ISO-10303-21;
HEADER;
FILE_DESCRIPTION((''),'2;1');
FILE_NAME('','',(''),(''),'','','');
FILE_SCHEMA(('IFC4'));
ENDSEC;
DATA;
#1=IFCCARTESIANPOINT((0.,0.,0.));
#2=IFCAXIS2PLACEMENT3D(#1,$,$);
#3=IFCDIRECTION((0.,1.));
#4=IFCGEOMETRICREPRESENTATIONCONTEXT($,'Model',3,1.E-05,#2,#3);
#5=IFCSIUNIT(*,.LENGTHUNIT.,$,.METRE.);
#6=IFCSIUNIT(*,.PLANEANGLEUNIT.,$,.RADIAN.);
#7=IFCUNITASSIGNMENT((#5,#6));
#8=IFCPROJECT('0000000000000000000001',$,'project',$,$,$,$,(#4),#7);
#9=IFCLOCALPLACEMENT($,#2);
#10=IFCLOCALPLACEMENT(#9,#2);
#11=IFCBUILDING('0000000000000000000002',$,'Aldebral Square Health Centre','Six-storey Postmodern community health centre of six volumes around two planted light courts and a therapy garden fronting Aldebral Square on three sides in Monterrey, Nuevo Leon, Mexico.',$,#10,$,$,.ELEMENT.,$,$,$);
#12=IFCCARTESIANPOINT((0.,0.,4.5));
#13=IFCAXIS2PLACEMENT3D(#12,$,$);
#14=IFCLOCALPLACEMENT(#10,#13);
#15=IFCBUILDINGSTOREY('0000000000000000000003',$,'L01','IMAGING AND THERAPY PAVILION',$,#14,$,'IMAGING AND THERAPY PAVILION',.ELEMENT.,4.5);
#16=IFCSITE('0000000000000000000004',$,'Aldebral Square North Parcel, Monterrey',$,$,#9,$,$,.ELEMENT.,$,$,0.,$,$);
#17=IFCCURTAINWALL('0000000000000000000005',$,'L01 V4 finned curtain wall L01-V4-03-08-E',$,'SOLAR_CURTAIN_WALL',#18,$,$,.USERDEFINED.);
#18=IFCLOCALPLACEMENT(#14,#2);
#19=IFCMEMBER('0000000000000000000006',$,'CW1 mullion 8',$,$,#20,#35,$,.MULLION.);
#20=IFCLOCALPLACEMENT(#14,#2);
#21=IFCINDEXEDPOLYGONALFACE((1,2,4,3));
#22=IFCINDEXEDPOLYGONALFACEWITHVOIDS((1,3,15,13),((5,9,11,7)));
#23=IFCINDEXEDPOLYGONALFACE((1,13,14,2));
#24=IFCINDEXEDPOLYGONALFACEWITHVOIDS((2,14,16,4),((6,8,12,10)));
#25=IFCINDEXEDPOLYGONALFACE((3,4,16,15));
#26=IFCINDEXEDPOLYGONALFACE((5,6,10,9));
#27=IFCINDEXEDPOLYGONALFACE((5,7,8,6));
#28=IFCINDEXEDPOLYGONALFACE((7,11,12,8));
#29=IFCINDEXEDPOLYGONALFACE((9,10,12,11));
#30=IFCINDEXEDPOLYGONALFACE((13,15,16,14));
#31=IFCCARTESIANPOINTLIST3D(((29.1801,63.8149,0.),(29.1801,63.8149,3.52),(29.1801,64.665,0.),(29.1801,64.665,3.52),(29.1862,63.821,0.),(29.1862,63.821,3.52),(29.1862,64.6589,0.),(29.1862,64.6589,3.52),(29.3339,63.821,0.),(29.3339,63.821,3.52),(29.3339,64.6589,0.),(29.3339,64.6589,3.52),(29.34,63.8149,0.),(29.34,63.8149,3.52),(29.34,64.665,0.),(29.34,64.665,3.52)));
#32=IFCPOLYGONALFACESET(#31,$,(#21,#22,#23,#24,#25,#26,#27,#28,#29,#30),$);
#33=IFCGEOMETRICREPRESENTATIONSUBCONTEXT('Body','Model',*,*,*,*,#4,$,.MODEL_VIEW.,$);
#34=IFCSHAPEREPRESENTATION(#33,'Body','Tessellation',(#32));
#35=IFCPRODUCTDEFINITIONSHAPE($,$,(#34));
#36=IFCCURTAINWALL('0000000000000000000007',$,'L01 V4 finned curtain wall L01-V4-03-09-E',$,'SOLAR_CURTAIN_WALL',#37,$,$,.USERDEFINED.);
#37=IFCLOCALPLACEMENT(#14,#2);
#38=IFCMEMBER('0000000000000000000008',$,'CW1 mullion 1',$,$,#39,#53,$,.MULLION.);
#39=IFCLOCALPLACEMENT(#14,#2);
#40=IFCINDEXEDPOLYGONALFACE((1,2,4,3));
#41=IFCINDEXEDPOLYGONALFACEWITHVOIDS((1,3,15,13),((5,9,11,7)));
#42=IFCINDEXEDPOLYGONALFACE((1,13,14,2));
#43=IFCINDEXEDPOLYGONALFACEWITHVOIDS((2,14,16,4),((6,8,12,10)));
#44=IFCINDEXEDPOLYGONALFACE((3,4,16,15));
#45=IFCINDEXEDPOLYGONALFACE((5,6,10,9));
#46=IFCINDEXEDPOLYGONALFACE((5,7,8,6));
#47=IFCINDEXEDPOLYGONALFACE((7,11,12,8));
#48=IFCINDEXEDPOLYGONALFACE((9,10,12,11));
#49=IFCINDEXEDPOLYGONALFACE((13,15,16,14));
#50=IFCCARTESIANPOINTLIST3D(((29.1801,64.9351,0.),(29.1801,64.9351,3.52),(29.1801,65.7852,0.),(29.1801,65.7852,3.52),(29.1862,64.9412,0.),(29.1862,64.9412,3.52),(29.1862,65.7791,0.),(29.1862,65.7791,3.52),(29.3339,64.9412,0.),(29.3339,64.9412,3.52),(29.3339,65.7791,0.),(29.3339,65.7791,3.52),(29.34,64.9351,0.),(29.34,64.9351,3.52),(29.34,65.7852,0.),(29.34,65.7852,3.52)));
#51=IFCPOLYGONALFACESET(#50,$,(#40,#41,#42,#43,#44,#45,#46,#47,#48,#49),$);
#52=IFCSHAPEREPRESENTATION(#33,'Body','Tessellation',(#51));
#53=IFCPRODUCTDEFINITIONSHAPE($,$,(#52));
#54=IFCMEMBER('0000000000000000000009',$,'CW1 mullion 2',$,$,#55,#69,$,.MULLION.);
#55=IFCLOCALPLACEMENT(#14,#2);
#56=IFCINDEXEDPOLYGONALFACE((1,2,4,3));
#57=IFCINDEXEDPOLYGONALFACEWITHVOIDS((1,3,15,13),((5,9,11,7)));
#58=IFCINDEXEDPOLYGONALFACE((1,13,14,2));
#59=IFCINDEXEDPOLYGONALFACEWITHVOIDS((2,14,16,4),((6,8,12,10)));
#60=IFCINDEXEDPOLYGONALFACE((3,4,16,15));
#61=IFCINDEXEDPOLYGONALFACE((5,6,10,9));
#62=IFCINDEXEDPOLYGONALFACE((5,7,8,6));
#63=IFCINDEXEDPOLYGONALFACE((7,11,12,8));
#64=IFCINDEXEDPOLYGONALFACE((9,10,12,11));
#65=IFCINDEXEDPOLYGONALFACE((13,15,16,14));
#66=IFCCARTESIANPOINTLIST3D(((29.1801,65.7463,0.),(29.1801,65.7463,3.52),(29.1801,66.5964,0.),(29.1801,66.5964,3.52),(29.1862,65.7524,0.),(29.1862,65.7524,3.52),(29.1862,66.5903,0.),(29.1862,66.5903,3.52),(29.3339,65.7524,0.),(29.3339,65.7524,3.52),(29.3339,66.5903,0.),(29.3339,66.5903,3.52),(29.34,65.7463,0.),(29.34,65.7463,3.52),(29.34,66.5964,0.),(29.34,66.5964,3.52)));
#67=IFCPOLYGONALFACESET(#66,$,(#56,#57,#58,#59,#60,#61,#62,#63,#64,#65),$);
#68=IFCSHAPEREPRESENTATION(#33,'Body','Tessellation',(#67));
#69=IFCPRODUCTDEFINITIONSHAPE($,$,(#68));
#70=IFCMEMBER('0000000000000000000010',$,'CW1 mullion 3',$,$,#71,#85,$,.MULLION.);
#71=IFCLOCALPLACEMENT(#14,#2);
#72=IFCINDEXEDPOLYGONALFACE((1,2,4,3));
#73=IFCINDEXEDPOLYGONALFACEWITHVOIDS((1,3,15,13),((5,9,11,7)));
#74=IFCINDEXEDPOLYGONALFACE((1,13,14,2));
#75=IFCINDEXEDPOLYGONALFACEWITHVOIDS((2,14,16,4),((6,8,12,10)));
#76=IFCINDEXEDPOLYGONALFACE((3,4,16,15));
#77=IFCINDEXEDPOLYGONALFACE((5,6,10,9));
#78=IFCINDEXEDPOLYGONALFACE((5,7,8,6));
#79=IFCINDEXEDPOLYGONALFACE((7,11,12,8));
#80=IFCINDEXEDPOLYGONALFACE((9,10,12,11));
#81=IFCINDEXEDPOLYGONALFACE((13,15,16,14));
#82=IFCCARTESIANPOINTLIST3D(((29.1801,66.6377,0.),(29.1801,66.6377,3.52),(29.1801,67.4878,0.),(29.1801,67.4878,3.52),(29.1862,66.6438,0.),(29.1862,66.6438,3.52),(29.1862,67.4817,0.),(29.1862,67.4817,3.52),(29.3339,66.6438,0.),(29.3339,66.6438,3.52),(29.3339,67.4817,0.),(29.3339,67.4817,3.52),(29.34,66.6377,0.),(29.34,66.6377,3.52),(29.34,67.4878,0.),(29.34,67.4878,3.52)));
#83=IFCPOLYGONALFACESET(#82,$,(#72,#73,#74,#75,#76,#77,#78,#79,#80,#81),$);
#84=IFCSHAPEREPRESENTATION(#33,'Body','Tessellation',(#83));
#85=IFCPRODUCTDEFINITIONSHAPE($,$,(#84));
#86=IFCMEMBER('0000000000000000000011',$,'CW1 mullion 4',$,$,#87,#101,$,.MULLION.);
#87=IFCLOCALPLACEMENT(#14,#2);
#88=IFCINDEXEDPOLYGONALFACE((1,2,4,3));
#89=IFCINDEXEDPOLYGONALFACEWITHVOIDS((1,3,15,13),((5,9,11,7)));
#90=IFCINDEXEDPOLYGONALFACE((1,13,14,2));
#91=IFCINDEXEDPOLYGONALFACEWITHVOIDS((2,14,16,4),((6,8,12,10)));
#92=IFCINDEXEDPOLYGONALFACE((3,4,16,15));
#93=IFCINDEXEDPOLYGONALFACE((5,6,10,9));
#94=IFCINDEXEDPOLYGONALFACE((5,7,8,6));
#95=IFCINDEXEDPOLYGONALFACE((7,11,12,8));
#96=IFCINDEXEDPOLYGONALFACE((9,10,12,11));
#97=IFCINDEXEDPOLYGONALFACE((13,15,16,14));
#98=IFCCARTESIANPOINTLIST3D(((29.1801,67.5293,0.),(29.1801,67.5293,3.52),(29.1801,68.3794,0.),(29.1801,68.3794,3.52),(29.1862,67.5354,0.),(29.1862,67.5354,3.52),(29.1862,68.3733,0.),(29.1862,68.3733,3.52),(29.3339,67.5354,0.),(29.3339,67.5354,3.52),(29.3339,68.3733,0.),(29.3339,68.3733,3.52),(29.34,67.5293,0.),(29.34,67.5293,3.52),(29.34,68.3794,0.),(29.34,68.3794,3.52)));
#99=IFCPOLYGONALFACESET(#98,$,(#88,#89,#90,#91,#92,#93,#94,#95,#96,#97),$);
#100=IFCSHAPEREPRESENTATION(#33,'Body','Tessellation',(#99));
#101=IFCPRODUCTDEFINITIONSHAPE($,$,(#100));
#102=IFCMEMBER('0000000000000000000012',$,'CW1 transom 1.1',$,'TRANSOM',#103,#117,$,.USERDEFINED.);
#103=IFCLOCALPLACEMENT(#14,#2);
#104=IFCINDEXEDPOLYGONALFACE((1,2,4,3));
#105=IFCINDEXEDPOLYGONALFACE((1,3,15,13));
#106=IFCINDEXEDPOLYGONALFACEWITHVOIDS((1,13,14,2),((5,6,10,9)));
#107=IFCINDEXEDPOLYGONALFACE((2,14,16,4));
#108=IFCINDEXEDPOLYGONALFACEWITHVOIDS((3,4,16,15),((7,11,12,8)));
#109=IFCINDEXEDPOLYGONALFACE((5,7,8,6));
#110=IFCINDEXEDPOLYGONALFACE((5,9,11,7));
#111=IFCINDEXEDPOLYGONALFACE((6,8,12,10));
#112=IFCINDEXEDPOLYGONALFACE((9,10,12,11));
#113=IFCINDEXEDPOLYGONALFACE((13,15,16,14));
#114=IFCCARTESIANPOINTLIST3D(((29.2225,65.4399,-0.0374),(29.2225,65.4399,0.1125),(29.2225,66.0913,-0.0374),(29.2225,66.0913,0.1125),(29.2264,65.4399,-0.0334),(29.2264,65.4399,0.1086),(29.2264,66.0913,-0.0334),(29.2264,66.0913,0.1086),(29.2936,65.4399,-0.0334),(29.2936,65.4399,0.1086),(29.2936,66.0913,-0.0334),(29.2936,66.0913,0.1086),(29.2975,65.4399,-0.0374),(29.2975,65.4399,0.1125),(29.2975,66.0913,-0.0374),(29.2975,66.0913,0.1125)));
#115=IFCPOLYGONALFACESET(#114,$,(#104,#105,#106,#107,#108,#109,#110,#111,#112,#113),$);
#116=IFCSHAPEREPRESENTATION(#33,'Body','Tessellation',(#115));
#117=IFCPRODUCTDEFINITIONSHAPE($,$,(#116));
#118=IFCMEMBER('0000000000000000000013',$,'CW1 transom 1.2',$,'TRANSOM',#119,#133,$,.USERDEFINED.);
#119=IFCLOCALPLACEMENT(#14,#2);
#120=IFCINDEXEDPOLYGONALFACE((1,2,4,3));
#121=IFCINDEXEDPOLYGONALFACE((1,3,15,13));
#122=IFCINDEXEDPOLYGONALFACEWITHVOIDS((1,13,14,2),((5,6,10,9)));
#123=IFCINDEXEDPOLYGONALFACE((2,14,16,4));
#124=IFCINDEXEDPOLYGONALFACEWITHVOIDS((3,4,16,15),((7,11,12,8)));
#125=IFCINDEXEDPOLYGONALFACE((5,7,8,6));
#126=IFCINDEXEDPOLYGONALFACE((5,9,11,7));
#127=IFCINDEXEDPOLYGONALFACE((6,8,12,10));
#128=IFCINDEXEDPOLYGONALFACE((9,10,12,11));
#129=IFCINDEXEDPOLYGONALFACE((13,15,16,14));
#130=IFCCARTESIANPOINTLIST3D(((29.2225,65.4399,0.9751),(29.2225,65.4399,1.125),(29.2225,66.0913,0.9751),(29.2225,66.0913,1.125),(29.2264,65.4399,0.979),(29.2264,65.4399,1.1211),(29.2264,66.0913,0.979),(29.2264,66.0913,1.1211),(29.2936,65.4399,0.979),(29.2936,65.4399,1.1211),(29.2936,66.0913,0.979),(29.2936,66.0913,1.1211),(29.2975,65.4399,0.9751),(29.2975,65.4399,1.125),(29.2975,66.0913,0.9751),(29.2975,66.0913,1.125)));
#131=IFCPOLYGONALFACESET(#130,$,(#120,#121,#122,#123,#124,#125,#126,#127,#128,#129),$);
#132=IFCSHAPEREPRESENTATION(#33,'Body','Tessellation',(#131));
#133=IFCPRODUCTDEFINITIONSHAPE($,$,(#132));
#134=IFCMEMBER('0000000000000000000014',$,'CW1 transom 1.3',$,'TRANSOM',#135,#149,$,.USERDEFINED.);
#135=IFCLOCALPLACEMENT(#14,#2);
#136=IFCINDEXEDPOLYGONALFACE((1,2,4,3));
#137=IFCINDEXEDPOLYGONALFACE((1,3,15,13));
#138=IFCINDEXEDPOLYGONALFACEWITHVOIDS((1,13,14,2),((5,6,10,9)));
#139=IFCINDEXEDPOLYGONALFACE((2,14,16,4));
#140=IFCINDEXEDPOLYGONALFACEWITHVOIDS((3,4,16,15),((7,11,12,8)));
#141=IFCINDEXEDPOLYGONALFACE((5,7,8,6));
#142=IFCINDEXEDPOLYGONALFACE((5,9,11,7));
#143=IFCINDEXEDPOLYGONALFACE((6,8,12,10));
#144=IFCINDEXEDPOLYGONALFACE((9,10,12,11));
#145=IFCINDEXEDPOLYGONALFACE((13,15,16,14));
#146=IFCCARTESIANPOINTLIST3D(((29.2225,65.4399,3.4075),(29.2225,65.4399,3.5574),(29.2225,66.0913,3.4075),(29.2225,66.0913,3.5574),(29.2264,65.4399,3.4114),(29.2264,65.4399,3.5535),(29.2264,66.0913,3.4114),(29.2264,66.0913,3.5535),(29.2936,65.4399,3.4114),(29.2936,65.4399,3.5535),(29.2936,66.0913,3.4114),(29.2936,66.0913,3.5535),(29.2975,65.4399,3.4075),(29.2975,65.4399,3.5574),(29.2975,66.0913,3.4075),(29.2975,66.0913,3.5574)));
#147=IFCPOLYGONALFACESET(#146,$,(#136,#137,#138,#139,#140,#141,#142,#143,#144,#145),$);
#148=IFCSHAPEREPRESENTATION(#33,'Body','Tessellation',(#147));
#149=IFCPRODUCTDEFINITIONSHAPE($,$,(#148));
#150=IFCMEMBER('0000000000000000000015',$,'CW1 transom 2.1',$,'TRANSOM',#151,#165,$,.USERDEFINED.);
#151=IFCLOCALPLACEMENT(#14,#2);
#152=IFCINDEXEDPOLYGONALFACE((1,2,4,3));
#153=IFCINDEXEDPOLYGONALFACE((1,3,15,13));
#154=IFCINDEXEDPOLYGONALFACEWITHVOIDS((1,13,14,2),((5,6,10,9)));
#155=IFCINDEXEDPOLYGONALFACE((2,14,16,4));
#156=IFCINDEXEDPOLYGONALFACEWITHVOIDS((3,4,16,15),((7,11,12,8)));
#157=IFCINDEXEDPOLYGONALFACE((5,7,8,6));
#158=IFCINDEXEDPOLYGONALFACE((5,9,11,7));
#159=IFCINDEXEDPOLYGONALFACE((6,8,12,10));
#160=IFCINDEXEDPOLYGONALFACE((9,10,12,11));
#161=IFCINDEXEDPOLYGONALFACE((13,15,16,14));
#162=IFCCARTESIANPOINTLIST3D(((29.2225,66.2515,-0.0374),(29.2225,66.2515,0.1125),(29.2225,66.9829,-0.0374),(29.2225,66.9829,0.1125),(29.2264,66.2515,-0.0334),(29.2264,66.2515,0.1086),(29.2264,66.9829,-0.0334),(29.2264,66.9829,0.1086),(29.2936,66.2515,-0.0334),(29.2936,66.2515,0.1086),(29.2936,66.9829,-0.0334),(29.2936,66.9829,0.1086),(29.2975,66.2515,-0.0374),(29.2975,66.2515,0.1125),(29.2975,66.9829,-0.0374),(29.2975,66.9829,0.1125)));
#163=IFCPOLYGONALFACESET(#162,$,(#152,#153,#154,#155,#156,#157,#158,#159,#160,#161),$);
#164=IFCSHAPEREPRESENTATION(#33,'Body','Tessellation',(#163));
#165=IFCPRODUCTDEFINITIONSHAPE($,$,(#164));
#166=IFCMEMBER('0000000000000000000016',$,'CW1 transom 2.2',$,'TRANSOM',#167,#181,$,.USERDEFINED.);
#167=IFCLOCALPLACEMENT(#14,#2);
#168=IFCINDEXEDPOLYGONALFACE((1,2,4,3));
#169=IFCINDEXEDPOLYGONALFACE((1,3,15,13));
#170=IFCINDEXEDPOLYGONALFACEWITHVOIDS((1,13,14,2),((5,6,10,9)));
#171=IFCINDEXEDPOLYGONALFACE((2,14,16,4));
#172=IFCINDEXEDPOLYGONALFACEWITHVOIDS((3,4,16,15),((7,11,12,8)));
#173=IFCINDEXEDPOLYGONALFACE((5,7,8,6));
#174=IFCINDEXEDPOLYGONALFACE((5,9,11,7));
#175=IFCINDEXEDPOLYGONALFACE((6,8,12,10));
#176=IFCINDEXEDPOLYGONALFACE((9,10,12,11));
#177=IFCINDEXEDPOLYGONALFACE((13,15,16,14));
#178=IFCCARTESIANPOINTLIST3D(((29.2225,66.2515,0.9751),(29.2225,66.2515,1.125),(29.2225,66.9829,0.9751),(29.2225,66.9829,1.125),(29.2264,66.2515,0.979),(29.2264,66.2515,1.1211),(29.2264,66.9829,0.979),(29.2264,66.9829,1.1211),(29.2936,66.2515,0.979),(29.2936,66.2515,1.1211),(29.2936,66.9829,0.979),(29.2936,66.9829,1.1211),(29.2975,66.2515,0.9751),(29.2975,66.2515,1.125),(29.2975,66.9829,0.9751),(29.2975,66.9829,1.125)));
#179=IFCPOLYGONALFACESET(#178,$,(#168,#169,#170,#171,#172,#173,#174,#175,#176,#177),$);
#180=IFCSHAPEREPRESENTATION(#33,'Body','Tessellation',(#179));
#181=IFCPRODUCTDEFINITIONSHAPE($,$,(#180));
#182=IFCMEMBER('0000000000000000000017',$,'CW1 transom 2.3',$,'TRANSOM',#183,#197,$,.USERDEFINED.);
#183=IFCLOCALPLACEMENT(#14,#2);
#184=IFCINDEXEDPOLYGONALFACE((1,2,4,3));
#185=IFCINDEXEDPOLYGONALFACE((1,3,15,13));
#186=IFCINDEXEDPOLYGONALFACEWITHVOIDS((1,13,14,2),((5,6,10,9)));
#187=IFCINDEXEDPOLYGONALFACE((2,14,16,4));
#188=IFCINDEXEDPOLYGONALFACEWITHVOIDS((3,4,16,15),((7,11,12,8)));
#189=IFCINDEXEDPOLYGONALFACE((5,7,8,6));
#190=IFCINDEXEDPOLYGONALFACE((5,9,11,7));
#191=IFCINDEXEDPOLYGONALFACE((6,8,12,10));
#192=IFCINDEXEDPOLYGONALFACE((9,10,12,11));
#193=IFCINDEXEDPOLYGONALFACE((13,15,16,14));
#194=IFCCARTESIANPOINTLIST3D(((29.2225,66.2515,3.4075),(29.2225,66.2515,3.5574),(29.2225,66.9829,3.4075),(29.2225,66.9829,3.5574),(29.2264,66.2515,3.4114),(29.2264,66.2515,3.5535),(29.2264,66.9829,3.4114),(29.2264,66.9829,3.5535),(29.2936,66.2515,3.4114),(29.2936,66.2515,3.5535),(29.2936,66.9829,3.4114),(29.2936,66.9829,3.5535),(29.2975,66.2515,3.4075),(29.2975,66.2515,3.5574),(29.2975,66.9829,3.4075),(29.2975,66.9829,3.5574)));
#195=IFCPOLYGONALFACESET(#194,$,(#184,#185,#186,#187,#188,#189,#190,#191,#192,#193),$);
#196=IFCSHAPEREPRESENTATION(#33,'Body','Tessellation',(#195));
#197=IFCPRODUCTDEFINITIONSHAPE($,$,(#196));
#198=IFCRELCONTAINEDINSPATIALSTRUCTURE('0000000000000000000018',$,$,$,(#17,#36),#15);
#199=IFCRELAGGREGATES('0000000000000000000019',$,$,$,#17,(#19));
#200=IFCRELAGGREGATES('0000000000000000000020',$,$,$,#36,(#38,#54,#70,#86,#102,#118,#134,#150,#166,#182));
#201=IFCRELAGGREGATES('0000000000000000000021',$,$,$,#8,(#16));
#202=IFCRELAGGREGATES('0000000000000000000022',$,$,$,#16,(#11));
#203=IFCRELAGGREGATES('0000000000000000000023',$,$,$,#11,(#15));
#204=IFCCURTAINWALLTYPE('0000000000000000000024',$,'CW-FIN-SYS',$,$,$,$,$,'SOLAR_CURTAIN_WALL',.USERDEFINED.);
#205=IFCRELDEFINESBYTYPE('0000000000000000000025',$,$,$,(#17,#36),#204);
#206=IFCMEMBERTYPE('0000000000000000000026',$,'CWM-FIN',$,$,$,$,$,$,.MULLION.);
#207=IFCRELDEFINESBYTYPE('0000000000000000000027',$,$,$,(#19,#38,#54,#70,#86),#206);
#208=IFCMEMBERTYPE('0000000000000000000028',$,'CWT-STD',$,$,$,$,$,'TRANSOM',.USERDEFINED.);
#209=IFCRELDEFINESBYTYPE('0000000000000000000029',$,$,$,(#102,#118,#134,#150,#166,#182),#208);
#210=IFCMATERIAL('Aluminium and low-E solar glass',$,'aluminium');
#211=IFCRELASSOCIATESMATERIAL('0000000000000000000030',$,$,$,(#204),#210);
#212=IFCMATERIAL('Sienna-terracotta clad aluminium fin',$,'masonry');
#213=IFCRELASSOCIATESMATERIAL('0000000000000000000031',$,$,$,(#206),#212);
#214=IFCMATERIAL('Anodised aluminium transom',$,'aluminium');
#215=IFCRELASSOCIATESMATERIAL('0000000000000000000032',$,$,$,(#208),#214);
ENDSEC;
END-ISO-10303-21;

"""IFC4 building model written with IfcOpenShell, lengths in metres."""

from ifc_helpers import new_model, si_unit, direction, frame, origin, origin_2d, place, context, subcontext, project, spatial, hollow_rectangle, extrude, material, material_profile, profile_set, type_object, element, aggregate, save


model = new_model("IFC4")

# Units and contexts
model_context = context("Model", 3, precision=1e-05, world=origin(), true_north=direction((0.0, 1.0)))
body_context = subcontext(model_context, "Body", "Model", "MODEL_VIEW")
ifc_project = project(units=[si_unit("LENGTHUNIT", "METRE"), si_unit("PLANEANGLEUNIT", "RADIAN")], contexts=[model_context])

# Site, building, storey
site_placement = place(None, origin())
site = spatial("IfcSite", under=ifc_project, at=site_placement, Name="Aldebral Square North Parcel, Monterrey", CompositionType="ELEMENT", RefElevation=0.0)
building_placement = place(site_placement, origin())
building = spatial("IfcBuilding", under=site, at=building_placement, Name="Aldebral Square Health Centre", Description="Six-storey Postmodern community health centre of six volumes around two planted light courts and a therapy garden fronting Aldebral Square on three sides in Monterrey, Nuevo Leon, Mexico.", CompositionType="ELEMENT")
storey_placement = place(building_placement, frame((0.0, 0.0, 4.5)))
storey = spatial("IfcBuildingStorey", under=building, at=storey_placement, Name="L01", Description="IMAGING AND THERAPY PAVILION", LongName="IMAGING AND THERAPY PAVILION", CompositionType="ELEMENT", Elevation=4.5)

# Curtain wall, member
ifc_material_1 = material(Name="Aluminium and low-E solar glass", Category="aluminium")
curtain_wall_type = type_object("IfcCurtainWallType", Name="CW-FIN-SYS", ElementType="SOLAR_CURTAIN_WALL", PredefinedType="USERDEFINED", material=ifc_material_1)
curtain_wall_1_placement = place(storey_placement, origin())
curtain_wall_1 = element("IfcCurtainWall", 1, at=curtain_wall_1_placement, inside=storey, type_object=curtain_wall_type, Name="L01 V4 finned curtain wall L01-V4-03-08-E", ObjectType="SOLAR_CURTAIN_WALL", PredefinedType="USERDEFINED")
ifc_material_2 = material(Name="Sienna-terracotta clad aluminium fin", Category="masonry")
ifc_material_profile_1 = material_profile(ifc_material_2, hollow_rectangle(XDim=0.1599, YDim=0.8501, WallThickness=0.0061, at=origin_2d()), Name="FIN 160x850x6")
ifc_profile_set_1 = profile_set([ifc_material_profile_1], Name="Sienna-terracotta clad aluminium fin")
member_type_1 = type_object("IfcMemberType", Name="CWM-FIN", PredefinedType="MULLION", material=ifc_profile_set_1)
member_1_placement = place(storey_placement, frame((29.26, 64.24, 0.0), z_axis=(0.0, 0.0, 1.0), x_axis=(-1.0, 0.0, 0.0)))
member_1 = element("IfcMember", 2, at=member_1_placement, type_object=member_type_1, Name="CW1 mullion 8", PredefinedType="MULLION", context=body_context, shape_type="SweptSolid", body=[
    extrude(hollow_rectangle(XDim=0.1599, YDim=0.8501, WallThickness=0.0061, at=origin_2d()), origin(), (0.0, 0.0, 1.0), 3.52),
])
aggregate(curtain_wall_1, [member_1])

# Curtain wall, members
curtain_wall_2_placement = place(storey_placement, origin())
curtain_wall_2 = element("IfcCurtainWall", 3, at=curtain_wall_2_placement, inside=storey, type_object=curtain_wall_type, Name="L01 V4 finned curtain wall L01-V4-03-09-E", ObjectType="SOLAR_CURTAIN_WALL", PredefinedType="USERDEFINED")
member_2_placement = place(storey_placement, frame((29.26, 65.3601, 0.0), z_axis=(0.0, 0.0, 1.0), x_axis=(-1.0, 0.0, 0.0)))
member_2 = element("IfcMember", 4, at=member_2_placement, type_object=member_type_1, Name="CW1 mullion 1", PredefinedType="MULLION", context=body_context, shape_type="SweptSolid", body=[
    extrude(hollow_rectangle(XDim=0.1599, YDim=0.8501, WallThickness=0.0061, at=origin_2d()), origin(), (0.0, 0.0, 1.0), 3.52),
])
member_3_placement = place(storey_placement, frame((29.26, 66.1714, 0.0), z_axis=(0.0, 0.0, 1.0), x_axis=(-1.0, 0.0, 0.0)))
member_3 = element("IfcMember", 5, at=member_3_placement, type_object=member_type_1, Name="CW1 mullion 2", PredefinedType="MULLION", context=body_context, shape_type="SweptSolid", body=[
    extrude(hollow_rectangle(XDim=0.1599, YDim=0.8501, WallThickness=0.0061, at=origin_2d()), origin(), (0.0, 0.0, 1.0), 3.52),
])
member_4_placement = place(storey_placement, frame((29.26, 67.0627, 0.0), z_axis=(0.0, 0.0, 1.0), x_axis=(-1.0, 0.0, 0.0)))
member_4 = element("IfcMember", 6, at=member_4_placement, type_object=member_type_1, Name="CW1 mullion 3", PredefinedType="MULLION", context=body_context, shape_type="SweptSolid", body=[
    extrude(hollow_rectangle(XDim=0.1599, YDim=0.8501, WallThickness=0.0061, at=origin_2d()), origin(), (0.0, 0.0, 1.0), 3.52),
])
member_5_placement = place(storey_placement, frame((29.26, 67.9543, 0.0), z_axis=(0.0, 0.0, 1.0), x_axis=(-1.0, 0.0, 0.0)))
member_5 = element("IfcMember", 7, at=member_5_placement, type_object=member_type_1, Name="CW1 mullion 4", PredefinedType="MULLION", context=body_context, shape_type="SweptSolid", body=[
    extrude(hollow_rectangle(XDim=0.1599, YDim=0.8501, WallThickness=0.0061, at=origin_2d()), origin(), (0.0, 0.0, 1.0), 3.52),
])
ifc_material_3 = material(Name="Anodised aluminium transom", Category="aluminium")
ifc_material_profile_2 = material_profile(ifc_material_3, hollow_rectangle(XDim=0.075, YDim=0.1499, WallThickness=0.0039, at=origin_2d()), Name="CWT 75x150x4")
ifc_profile_set_2 = profile_set([ifc_material_profile_2], Name="Anodised aluminium transom")
member_type_2 = type_object("IfcMemberType", Name="CWT-STD", ElementType="TRANSOM", PredefinedType="USERDEFINED", material=ifc_profile_set_2)
member_6_placement = place(storey_placement, frame((29.26, 65.4399, 0.0376), z_axis=(0.0, 1.0, 0.0), x_axis=(-1.0, 0.0, 0.0)))
member_6 = element("IfcMember", 8, at=member_6_placement, type_object=member_type_2, Name="CW1 transom 1.1", ObjectType="TRANSOM", PredefinedType="USERDEFINED", context=body_context, shape_type="SweptSolid", body=[
    extrude(hollow_rectangle(XDim=0.075, YDim=0.1499, WallThickness=0.0039, at=origin_2d()), origin(), (0.0, 0.0, 1.0), 0.6514),
])
member_7_placement = place(storey_placement, frame((29.26, 65.4399, 1.05), z_axis=(0.0, 1.0, 0.0), x_axis=(-1.0, 0.0, 0.0)))
member_7 = element("IfcMember", 9, at=member_7_placement, type_object=member_type_2, Name="CW1 transom 1.2", ObjectType="TRANSOM", PredefinedType="USERDEFINED", context=body_context, shape_type="SweptSolid", body=[
    extrude(hollow_rectangle(XDim=0.075, YDim=0.1499, WallThickness=0.0039, at=origin_2d()), origin(), (0.0, 0.0, 1.0), 0.6514),
])
member_8_placement = place(storey_placement, frame((29.26, 65.4399, 3.4824), z_axis=(0.0, 1.0, 0.0), x_axis=(-1.0, 0.0, 0.0)))
member_8 = element("IfcMember", 10, at=member_8_placement, type_object=member_type_2, Name="CW1 transom 1.3", ObjectType="TRANSOM", PredefinedType="USERDEFINED", context=body_context, shape_type="SweptSolid", body=[
    extrude(hollow_rectangle(XDim=0.075, YDim=0.1499, WallThickness=0.0039, at=origin_2d()), origin(), (0.0, 0.0, 1.0), 0.6514),
])
member_9_placement = place(storey_placement, frame((29.26, 66.2515, 0.0376), z_axis=(0.0, 1.0, 0.0), x_axis=(-1.0, 0.0, 0.0)))
member_9 = element("IfcMember", 11, at=member_9_placement, type_object=member_type_2, Name="CW1 transom 2.1", ObjectType="TRANSOM", PredefinedType="USERDEFINED", context=body_context, shape_type="SweptSolid", body=[
    extrude(hollow_rectangle(XDim=0.075, YDim=0.1499, WallThickness=0.0039, at=origin_2d()), origin(), (0.0, 0.0, 1.0), 0.7314),
])
member_10_placement = place(storey_placement, frame((29.26, 66.2515, 1.05), z_axis=(0.0, 1.0, 0.0), x_axis=(-1.0, 0.0, 0.0)))
member_10 = element("IfcMember", 12, at=member_10_placement, type_object=member_type_2, Name="CW1 transom 2.2", ObjectType="TRANSOM", PredefinedType="USERDEFINED", context=body_context, shape_type="SweptSolid", body=[
    extrude(hollow_rectangle(XDim=0.075, YDim=0.1499, WallThickness=0.0039, at=origin_2d()), origin(), (0.0, 0.0, 1.0), 0.7314),
])
member_11_placement = place(storey_placement, frame((29.26, 66.2515, 3.4824), z_axis=(0.0, 1.0, 0.0), x_axis=(-1.0, 0.0, 0.0)))
member_11 = element("IfcMember", 13, at=member_11_placement, type_object=member_type_2, Name="CW1 transom 2.3", ObjectType="TRANSOM", PredefinedType="USERDEFINED", context=body_context, shape_type="SweptSolid", body=[
    extrude(hollow_rectangle(XDim=0.075, YDim=0.1499, WallThickness=0.0039, at=origin_2d()), origin(), (0.0, 0.0, 1.0), 0.7314),
])
aggregate(curtain_wall_2, [member_2, member_3, member_4, member_5, member_6, member_7, member_8, member_9, member_10, member_11])

save(model, "model.ifc")
